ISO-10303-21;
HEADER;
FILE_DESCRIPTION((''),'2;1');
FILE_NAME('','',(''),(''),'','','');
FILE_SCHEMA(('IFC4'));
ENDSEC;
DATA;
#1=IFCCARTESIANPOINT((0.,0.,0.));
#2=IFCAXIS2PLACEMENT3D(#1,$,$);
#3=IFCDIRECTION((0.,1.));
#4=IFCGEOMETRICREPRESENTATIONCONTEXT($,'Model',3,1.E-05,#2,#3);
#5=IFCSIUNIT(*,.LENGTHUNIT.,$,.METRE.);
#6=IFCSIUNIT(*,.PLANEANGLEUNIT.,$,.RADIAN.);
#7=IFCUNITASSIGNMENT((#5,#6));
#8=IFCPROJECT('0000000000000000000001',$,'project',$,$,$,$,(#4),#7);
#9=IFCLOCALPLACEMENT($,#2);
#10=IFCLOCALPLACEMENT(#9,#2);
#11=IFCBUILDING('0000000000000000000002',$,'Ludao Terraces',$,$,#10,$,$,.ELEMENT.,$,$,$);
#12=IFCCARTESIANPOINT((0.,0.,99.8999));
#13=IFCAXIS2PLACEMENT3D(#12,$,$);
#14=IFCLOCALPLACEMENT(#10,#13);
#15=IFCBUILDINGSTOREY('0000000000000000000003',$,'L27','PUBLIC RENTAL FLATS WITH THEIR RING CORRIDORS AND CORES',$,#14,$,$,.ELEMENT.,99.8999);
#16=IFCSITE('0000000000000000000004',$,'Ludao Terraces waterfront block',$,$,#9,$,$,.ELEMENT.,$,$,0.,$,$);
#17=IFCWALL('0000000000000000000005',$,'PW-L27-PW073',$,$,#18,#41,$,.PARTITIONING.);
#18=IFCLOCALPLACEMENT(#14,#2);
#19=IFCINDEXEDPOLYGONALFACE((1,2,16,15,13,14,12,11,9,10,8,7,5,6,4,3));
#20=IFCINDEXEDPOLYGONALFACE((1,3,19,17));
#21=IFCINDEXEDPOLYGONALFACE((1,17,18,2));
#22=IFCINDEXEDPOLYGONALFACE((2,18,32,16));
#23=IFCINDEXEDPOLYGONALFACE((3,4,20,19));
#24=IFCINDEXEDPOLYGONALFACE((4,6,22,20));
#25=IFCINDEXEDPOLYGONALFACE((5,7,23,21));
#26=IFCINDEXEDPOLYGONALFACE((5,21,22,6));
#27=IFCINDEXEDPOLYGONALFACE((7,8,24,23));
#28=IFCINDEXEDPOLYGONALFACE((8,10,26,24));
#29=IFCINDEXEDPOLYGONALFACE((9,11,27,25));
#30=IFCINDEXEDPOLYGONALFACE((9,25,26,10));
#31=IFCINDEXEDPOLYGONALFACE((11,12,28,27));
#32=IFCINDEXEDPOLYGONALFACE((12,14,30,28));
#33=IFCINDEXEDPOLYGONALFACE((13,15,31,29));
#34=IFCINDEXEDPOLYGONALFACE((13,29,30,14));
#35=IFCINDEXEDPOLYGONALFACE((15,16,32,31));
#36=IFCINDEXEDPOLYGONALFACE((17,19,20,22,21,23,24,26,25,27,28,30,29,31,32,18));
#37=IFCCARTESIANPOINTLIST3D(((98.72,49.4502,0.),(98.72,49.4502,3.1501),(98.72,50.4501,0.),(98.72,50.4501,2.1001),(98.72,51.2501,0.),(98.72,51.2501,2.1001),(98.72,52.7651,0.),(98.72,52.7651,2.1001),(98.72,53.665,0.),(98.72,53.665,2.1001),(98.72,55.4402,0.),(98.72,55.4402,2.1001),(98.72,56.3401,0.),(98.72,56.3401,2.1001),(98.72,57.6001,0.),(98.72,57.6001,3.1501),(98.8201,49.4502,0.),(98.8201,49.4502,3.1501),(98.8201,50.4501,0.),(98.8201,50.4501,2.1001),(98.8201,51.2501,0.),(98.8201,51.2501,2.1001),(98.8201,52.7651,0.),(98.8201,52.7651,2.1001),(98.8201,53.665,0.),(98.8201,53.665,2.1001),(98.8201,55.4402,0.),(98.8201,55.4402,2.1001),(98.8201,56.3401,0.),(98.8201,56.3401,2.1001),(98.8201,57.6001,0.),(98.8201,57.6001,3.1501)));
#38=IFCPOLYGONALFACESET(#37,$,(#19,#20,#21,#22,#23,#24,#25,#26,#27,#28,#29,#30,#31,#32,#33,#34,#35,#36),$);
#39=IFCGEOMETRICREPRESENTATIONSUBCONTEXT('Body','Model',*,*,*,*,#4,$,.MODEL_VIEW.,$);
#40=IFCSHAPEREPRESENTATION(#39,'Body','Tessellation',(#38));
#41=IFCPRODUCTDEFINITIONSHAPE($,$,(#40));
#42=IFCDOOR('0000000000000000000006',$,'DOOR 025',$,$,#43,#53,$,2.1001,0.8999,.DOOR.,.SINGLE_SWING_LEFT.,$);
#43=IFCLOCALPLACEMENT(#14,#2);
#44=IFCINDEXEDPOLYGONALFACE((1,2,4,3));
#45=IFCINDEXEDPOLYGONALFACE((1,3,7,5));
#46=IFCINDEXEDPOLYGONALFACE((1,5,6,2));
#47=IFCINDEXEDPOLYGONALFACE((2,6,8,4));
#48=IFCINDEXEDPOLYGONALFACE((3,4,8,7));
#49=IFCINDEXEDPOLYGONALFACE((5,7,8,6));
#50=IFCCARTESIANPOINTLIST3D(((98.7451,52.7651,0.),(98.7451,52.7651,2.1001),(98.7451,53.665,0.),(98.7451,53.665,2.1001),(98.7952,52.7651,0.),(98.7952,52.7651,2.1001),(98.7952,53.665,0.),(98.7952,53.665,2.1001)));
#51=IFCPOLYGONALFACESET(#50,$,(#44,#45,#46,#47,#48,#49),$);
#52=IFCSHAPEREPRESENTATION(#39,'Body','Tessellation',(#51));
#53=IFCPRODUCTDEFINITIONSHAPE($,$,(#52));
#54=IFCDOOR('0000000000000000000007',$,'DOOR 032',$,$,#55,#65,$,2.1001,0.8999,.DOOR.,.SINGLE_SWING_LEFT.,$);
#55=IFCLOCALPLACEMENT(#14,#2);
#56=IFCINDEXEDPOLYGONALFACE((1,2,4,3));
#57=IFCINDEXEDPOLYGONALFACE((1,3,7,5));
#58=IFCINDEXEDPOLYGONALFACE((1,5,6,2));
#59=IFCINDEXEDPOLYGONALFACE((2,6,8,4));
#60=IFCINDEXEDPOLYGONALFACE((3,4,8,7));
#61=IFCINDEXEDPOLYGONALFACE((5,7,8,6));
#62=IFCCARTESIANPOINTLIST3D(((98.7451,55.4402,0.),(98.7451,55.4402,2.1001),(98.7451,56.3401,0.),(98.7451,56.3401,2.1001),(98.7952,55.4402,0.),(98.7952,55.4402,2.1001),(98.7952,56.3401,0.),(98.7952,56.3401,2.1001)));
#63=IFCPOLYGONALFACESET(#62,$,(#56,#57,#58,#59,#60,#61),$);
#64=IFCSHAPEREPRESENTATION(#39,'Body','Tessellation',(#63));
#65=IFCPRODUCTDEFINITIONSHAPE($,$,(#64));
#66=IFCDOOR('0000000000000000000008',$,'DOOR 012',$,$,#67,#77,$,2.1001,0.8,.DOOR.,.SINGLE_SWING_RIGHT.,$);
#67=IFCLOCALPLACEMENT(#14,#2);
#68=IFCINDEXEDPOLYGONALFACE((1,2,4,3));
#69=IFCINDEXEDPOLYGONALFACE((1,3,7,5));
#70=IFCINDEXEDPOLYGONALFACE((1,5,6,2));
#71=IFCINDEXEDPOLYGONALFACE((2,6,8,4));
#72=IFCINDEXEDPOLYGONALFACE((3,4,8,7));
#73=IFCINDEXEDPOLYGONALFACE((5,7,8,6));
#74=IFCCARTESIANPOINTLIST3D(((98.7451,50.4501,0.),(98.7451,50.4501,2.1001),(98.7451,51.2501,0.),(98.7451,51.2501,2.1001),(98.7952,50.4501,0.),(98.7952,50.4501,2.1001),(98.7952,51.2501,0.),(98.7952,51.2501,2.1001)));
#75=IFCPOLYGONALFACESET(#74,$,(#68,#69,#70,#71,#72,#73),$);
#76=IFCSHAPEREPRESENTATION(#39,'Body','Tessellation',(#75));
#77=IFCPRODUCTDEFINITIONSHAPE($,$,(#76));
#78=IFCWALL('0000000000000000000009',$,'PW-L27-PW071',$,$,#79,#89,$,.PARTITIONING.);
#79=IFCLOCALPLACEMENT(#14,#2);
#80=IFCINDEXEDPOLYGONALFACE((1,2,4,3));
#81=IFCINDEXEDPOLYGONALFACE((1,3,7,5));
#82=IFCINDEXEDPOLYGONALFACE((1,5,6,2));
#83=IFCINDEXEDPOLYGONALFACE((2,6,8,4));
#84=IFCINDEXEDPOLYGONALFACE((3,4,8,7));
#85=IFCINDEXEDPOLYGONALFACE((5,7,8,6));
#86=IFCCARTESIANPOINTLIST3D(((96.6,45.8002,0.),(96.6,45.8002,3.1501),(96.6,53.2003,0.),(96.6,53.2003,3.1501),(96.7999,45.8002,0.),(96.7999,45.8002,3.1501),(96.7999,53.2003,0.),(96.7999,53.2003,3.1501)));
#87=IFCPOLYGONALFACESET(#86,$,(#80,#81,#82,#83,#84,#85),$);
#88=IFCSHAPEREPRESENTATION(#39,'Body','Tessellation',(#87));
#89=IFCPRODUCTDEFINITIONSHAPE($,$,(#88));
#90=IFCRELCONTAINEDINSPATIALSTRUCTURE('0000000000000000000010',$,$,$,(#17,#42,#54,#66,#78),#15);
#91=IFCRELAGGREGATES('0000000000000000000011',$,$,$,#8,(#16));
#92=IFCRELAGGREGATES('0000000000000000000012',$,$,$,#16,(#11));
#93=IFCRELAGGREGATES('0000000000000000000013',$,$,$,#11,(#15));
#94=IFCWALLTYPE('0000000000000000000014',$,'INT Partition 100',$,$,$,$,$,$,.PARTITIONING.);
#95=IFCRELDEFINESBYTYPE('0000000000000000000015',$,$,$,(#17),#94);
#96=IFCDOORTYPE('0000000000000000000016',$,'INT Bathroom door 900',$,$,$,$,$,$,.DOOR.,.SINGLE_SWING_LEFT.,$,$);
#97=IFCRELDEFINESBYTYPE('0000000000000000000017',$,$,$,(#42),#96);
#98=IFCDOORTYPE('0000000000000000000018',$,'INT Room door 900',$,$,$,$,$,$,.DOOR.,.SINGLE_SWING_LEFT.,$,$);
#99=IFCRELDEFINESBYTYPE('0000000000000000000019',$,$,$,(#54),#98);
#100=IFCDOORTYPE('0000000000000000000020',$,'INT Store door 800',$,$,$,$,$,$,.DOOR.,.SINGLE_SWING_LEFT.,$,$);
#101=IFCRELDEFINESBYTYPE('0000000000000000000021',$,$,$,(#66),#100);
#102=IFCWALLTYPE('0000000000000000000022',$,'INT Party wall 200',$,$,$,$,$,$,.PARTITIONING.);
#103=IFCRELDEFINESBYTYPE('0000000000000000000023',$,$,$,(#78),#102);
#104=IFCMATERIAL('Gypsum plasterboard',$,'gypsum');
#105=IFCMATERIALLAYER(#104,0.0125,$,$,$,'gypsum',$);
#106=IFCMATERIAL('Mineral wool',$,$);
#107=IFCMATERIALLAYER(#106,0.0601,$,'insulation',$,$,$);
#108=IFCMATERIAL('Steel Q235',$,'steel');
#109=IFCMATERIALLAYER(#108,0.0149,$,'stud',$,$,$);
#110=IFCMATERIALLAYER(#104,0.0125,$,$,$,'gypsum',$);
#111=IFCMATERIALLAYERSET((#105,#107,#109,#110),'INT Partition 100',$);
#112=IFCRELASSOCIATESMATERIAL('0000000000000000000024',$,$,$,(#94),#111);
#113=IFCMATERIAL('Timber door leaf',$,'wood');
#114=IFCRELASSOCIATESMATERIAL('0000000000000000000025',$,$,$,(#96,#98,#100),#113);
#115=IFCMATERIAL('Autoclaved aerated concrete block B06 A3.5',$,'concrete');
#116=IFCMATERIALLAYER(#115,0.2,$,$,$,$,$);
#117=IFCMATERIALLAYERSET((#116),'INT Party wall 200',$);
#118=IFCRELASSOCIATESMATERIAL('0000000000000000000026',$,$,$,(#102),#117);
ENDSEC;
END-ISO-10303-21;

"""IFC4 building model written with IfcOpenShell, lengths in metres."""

from ifc_helpers import new_model, si_unit, direction, frame, frame_2d, origin, place, context, subcontext, project, spatial, rectangle, extrude, material, layer, layer_set, type_object, element, fill, save


model = new_model("IFC4")

# Units and contexts
model_context = context("Model", 3, precision=1e-05, world=origin(), true_north=direction((0.0, 1.0)))
body_context = subcontext(model_context, "Body", "Model", "MODEL_VIEW")
ifc_project = project(units=[si_unit("LENGTHUNIT", "METRE"), si_unit("PLANEANGLEUNIT", "RADIAN")], contexts=[model_context])

# Site, building, storey
site_placement = place(None, origin())
site = spatial("IfcSite", under=ifc_project, at=site_placement, Name="Ludao Terraces waterfront block", CompositionType="ELEMENT", RefElevation=0.0)
building_placement = place(site_placement, origin())
building = spatial("IfcBuilding", under=site, at=building_placement, Name="Ludao Terraces", CompositionType="ELEMENT")
storey_placement = place(building_placement, frame((0.0, 0.0, 99.8999)))
storey = spatial("IfcBuildingStorey", under=building, at=storey_placement, Name="L27", Description="PUBLIC RENTAL FLATS WITH THEIR RING CORRIDORS AND CORES", CompositionType="ELEMENT", Elevation=99.8999)

# Shared definitions
ifc_material_1 = material(Name="Mineral wool")

# Shared definitions
ifc_material_2 = material(Name="Gypsum plasterboard", Category="gypsum")
ifc_layer_1 = layer(ifc_material_2, 0.0125, Category="gypsum")
ifc_layer_2 = layer(ifc_material_1, 0.0601, Name="insulation")
ifc_material_3 = material(Name="Steel Q235", Category="steel")
ifc_layer_3 = layer(ifc_material_3, 0.0149, Name="stud")
ifc_layer_4 = layer(ifc_material_2, 0.0125, Category="gypsum")
ifc_layer_set_1 = layer_set([ifc_layer_1, ifc_layer_2, ifc_layer_3, ifc_layer_4], Name="INT Partition 100")
wall_type_1 = type_object("IfcWallType", Name="INT Partition 100", PredefinedType="PARTITIONING", material=ifc_layer_set_1)

# Wall, openings, doors
wall_1_placement = place(storey_placement, frame((98.77, 49.4502, 0.0), z_axis=(0.0, 0.0, 1.0), x_axis=(0.0, 1.0, 0.0)))
wall_1 = element("IfcWall", 1, at=wall_1_placement, inside=storey, type_object=wall_type_1, Name="PW-L27-PW073", PredefinedType="PARTITIONING", context=body_context, shape_type="SweptSolid", body=[
    extrude(rectangle(XDim=8.1499, YDim=0.1001, at=frame_2d((4.075, 0.0))), origin(), (0.0, 0.0, 1.0), 3.1501),
])
opening_1_placement = place(wall_1_placement, frame((1.0, 0.0, 0.0)))
opening_1 = element("IfcOpeningElement", 2, at=opening_1_placement, cuts=wall_1, PredefinedType="OPENING", context=body_context, shape_type="SweptSolid", body=[
    extrude(rectangle(XDim=0.8, YDim=2.1001, at=frame_2d((0.3999, 1.05))), frame((0.0, 0.0601, 0.0), z_axis=(0.0, -1.0, 0.0), x_axis=(1.0, 0.0, 0.0)), (0.0, 0.0, 1.0), 0.1201),
])
opening_2_placement = place(wall_1_placement, frame((3.3149, 0.0, 0.0)))
opening_2 = element("IfcOpeningElement", 3, at=opening_2_placement, cuts=wall_1, PredefinedType="OPENING", context=body_context, shape_type="SweptSolid", body=[
    extrude(rectangle(XDim=0.8999, YDim=2.1001, at=frame_2d((0.45, 1.05))), frame((0.0, 0.0601, 0.0), z_axis=(0.0, -1.0, 0.0), x_axis=(1.0, 0.0, 0.0)), (0.0, 0.0, 1.0), 0.1201),
])
opening_3_placement = place(wall_1_placement, frame((5.99, 0.0, 0.0)))
opening_3 = element("IfcOpeningElement", 4, at=opening_3_placement, cuts=wall_1, PredefinedType="OPENING", context=body_context, shape_type="SweptSolid", body=[
    extrude(rectangle(XDim=0.8999, YDim=2.1001, at=frame_2d((0.45, 1.05))), frame((0.0, 0.0601, 0.0), z_axis=(0.0, -1.0, 0.0), x_axis=(1.0, 0.0, 0.0)), (0.0, 0.0, 1.0), 0.1201),
])
ifc_material_4 = material(Name="Timber door leaf", Category="wood")
door_type_1 = type_object("IfcDoorType", Name="INT Bathroom door 900", OperationType="SINGLE_SWING_LEFT", PredefinedType="DOOR", material=ifc_material_4)
door_1_placement = place(opening_2_placement, origin())
door_1 = element("IfcDoor", 5, at=door_1_placement, inside=storey, type_object=door_type_1, Name="DOOR 025", OperationType="SINGLE_SWING_LEFT", OverallHeight=2.1001, OverallWidth=0.8999, PredefinedType="DOOR", context=body_context, shape_type="SweptSolid", body=[
    extrude(rectangle(XDim=0.8999, YDim=2.1001, at=frame_2d((0.45, 1.05))), frame((0.0, 0.0249, 0.0), z_axis=(0.0, -1.0, 0.0), x_axis=(1.0, 0.0, 0.0)), (0.0, 0.0, 1.0), 0.05),
])
fill(opening_2, door_1)
door_type_2 = type_object("IfcDoorType", Name="INT Room door 900", OperationType="SINGLE_SWING_LEFT", PredefinedType="DOOR", material=ifc_material_4)
door_2_placement = place(opening_3_placement, origin())
door_2 = element("IfcDoor", 6, at=door_2_placement, inside=storey, type_object=door_type_2, Name="DOOR 032", OperationType="SINGLE_SWING_LEFT", OverallHeight=2.1001, OverallWidth=0.8999, PredefinedType="DOOR", context=body_context, shape_type="SweptSolid", body=[
    extrude(rectangle(XDim=0.8999, YDim=2.1001, at=frame_2d((0.45, 1.05))), frame((0.0, 0.0249, 0.0), z_axis=(0.0, -1.0, 0.0), x_axis=(1.0, 0.0, 0.0)), (0.0, 0.0, 1.0), 0.05),
])
fill(opening_3, door_2)
door_type_3 = type_object("IfcDoorType", Name="INT Store door 800", OperationType="SINGLE_SWING_LEFT", PredefinedType="DOOR", material=ifc_material_4)
door_3_placement = place(opening_1_placement, origin())
door_3 = element("IfcDoor", 7, at=door_3_placement, inside=storey, type_object=door_type_3, Name="DOOR 012", OperationType="SINGLE_SWING_RIGHT", OverallHeight=2.1001, OverallWidth=0.8, PredefinedType="DOOR", context=body_context, shape_type="SweptSolid", body=[
    extrude(rectangle(XDim=0.8, YDim=2.1001, at=frame_2d((0.3999, 1.05))), frame((0.0, 0.0249, 0.0), z_axis=(0.0, -1.0, 0.0), x_axis=(1.0, 0.0, 0.0)), (0.0, 0.0, 1.0), 0.05),
])
fill(opening_1, door_3)

# Wall
ifc_material_5 = material(Name="Autoclaved aerated concrete block B06 A3.5", Category="concrete")
ifc_layer_5 = layer(ifc_material_5, 0.2)
ifc_layer_set_2 = layer_set([ifc_layer_5], Name="INT Party wall 200")
wall_type_2 = type_object("IfcWallType", Name="INT Party wall 200", PredefinedType="PARTITIONING", material=ifc_layer_set_2)
wall_2_placement = place(storey_placement, frame((96.7, 45.8, 0.0), z_axis=(0.0, 0.0, 1.0), x_axis=(0.0, 1.0, 0.0)))
element("IfcWall", 8, at=wall_2_placement, inside=storey, type_object=wall_type_2, Name="PW-L27-PW071", PredefinedType="PARTITIONING", context=body_context, shape_type="SweptSolid", body=[
    extrude(rectangle(XDim=7.4001, YDim=0.2, at=frame_2d((3.7002, 0.0))), origin(), (0.0, 0.0, 1.0), 3.1501),
])

save(model, "model.ifc")
